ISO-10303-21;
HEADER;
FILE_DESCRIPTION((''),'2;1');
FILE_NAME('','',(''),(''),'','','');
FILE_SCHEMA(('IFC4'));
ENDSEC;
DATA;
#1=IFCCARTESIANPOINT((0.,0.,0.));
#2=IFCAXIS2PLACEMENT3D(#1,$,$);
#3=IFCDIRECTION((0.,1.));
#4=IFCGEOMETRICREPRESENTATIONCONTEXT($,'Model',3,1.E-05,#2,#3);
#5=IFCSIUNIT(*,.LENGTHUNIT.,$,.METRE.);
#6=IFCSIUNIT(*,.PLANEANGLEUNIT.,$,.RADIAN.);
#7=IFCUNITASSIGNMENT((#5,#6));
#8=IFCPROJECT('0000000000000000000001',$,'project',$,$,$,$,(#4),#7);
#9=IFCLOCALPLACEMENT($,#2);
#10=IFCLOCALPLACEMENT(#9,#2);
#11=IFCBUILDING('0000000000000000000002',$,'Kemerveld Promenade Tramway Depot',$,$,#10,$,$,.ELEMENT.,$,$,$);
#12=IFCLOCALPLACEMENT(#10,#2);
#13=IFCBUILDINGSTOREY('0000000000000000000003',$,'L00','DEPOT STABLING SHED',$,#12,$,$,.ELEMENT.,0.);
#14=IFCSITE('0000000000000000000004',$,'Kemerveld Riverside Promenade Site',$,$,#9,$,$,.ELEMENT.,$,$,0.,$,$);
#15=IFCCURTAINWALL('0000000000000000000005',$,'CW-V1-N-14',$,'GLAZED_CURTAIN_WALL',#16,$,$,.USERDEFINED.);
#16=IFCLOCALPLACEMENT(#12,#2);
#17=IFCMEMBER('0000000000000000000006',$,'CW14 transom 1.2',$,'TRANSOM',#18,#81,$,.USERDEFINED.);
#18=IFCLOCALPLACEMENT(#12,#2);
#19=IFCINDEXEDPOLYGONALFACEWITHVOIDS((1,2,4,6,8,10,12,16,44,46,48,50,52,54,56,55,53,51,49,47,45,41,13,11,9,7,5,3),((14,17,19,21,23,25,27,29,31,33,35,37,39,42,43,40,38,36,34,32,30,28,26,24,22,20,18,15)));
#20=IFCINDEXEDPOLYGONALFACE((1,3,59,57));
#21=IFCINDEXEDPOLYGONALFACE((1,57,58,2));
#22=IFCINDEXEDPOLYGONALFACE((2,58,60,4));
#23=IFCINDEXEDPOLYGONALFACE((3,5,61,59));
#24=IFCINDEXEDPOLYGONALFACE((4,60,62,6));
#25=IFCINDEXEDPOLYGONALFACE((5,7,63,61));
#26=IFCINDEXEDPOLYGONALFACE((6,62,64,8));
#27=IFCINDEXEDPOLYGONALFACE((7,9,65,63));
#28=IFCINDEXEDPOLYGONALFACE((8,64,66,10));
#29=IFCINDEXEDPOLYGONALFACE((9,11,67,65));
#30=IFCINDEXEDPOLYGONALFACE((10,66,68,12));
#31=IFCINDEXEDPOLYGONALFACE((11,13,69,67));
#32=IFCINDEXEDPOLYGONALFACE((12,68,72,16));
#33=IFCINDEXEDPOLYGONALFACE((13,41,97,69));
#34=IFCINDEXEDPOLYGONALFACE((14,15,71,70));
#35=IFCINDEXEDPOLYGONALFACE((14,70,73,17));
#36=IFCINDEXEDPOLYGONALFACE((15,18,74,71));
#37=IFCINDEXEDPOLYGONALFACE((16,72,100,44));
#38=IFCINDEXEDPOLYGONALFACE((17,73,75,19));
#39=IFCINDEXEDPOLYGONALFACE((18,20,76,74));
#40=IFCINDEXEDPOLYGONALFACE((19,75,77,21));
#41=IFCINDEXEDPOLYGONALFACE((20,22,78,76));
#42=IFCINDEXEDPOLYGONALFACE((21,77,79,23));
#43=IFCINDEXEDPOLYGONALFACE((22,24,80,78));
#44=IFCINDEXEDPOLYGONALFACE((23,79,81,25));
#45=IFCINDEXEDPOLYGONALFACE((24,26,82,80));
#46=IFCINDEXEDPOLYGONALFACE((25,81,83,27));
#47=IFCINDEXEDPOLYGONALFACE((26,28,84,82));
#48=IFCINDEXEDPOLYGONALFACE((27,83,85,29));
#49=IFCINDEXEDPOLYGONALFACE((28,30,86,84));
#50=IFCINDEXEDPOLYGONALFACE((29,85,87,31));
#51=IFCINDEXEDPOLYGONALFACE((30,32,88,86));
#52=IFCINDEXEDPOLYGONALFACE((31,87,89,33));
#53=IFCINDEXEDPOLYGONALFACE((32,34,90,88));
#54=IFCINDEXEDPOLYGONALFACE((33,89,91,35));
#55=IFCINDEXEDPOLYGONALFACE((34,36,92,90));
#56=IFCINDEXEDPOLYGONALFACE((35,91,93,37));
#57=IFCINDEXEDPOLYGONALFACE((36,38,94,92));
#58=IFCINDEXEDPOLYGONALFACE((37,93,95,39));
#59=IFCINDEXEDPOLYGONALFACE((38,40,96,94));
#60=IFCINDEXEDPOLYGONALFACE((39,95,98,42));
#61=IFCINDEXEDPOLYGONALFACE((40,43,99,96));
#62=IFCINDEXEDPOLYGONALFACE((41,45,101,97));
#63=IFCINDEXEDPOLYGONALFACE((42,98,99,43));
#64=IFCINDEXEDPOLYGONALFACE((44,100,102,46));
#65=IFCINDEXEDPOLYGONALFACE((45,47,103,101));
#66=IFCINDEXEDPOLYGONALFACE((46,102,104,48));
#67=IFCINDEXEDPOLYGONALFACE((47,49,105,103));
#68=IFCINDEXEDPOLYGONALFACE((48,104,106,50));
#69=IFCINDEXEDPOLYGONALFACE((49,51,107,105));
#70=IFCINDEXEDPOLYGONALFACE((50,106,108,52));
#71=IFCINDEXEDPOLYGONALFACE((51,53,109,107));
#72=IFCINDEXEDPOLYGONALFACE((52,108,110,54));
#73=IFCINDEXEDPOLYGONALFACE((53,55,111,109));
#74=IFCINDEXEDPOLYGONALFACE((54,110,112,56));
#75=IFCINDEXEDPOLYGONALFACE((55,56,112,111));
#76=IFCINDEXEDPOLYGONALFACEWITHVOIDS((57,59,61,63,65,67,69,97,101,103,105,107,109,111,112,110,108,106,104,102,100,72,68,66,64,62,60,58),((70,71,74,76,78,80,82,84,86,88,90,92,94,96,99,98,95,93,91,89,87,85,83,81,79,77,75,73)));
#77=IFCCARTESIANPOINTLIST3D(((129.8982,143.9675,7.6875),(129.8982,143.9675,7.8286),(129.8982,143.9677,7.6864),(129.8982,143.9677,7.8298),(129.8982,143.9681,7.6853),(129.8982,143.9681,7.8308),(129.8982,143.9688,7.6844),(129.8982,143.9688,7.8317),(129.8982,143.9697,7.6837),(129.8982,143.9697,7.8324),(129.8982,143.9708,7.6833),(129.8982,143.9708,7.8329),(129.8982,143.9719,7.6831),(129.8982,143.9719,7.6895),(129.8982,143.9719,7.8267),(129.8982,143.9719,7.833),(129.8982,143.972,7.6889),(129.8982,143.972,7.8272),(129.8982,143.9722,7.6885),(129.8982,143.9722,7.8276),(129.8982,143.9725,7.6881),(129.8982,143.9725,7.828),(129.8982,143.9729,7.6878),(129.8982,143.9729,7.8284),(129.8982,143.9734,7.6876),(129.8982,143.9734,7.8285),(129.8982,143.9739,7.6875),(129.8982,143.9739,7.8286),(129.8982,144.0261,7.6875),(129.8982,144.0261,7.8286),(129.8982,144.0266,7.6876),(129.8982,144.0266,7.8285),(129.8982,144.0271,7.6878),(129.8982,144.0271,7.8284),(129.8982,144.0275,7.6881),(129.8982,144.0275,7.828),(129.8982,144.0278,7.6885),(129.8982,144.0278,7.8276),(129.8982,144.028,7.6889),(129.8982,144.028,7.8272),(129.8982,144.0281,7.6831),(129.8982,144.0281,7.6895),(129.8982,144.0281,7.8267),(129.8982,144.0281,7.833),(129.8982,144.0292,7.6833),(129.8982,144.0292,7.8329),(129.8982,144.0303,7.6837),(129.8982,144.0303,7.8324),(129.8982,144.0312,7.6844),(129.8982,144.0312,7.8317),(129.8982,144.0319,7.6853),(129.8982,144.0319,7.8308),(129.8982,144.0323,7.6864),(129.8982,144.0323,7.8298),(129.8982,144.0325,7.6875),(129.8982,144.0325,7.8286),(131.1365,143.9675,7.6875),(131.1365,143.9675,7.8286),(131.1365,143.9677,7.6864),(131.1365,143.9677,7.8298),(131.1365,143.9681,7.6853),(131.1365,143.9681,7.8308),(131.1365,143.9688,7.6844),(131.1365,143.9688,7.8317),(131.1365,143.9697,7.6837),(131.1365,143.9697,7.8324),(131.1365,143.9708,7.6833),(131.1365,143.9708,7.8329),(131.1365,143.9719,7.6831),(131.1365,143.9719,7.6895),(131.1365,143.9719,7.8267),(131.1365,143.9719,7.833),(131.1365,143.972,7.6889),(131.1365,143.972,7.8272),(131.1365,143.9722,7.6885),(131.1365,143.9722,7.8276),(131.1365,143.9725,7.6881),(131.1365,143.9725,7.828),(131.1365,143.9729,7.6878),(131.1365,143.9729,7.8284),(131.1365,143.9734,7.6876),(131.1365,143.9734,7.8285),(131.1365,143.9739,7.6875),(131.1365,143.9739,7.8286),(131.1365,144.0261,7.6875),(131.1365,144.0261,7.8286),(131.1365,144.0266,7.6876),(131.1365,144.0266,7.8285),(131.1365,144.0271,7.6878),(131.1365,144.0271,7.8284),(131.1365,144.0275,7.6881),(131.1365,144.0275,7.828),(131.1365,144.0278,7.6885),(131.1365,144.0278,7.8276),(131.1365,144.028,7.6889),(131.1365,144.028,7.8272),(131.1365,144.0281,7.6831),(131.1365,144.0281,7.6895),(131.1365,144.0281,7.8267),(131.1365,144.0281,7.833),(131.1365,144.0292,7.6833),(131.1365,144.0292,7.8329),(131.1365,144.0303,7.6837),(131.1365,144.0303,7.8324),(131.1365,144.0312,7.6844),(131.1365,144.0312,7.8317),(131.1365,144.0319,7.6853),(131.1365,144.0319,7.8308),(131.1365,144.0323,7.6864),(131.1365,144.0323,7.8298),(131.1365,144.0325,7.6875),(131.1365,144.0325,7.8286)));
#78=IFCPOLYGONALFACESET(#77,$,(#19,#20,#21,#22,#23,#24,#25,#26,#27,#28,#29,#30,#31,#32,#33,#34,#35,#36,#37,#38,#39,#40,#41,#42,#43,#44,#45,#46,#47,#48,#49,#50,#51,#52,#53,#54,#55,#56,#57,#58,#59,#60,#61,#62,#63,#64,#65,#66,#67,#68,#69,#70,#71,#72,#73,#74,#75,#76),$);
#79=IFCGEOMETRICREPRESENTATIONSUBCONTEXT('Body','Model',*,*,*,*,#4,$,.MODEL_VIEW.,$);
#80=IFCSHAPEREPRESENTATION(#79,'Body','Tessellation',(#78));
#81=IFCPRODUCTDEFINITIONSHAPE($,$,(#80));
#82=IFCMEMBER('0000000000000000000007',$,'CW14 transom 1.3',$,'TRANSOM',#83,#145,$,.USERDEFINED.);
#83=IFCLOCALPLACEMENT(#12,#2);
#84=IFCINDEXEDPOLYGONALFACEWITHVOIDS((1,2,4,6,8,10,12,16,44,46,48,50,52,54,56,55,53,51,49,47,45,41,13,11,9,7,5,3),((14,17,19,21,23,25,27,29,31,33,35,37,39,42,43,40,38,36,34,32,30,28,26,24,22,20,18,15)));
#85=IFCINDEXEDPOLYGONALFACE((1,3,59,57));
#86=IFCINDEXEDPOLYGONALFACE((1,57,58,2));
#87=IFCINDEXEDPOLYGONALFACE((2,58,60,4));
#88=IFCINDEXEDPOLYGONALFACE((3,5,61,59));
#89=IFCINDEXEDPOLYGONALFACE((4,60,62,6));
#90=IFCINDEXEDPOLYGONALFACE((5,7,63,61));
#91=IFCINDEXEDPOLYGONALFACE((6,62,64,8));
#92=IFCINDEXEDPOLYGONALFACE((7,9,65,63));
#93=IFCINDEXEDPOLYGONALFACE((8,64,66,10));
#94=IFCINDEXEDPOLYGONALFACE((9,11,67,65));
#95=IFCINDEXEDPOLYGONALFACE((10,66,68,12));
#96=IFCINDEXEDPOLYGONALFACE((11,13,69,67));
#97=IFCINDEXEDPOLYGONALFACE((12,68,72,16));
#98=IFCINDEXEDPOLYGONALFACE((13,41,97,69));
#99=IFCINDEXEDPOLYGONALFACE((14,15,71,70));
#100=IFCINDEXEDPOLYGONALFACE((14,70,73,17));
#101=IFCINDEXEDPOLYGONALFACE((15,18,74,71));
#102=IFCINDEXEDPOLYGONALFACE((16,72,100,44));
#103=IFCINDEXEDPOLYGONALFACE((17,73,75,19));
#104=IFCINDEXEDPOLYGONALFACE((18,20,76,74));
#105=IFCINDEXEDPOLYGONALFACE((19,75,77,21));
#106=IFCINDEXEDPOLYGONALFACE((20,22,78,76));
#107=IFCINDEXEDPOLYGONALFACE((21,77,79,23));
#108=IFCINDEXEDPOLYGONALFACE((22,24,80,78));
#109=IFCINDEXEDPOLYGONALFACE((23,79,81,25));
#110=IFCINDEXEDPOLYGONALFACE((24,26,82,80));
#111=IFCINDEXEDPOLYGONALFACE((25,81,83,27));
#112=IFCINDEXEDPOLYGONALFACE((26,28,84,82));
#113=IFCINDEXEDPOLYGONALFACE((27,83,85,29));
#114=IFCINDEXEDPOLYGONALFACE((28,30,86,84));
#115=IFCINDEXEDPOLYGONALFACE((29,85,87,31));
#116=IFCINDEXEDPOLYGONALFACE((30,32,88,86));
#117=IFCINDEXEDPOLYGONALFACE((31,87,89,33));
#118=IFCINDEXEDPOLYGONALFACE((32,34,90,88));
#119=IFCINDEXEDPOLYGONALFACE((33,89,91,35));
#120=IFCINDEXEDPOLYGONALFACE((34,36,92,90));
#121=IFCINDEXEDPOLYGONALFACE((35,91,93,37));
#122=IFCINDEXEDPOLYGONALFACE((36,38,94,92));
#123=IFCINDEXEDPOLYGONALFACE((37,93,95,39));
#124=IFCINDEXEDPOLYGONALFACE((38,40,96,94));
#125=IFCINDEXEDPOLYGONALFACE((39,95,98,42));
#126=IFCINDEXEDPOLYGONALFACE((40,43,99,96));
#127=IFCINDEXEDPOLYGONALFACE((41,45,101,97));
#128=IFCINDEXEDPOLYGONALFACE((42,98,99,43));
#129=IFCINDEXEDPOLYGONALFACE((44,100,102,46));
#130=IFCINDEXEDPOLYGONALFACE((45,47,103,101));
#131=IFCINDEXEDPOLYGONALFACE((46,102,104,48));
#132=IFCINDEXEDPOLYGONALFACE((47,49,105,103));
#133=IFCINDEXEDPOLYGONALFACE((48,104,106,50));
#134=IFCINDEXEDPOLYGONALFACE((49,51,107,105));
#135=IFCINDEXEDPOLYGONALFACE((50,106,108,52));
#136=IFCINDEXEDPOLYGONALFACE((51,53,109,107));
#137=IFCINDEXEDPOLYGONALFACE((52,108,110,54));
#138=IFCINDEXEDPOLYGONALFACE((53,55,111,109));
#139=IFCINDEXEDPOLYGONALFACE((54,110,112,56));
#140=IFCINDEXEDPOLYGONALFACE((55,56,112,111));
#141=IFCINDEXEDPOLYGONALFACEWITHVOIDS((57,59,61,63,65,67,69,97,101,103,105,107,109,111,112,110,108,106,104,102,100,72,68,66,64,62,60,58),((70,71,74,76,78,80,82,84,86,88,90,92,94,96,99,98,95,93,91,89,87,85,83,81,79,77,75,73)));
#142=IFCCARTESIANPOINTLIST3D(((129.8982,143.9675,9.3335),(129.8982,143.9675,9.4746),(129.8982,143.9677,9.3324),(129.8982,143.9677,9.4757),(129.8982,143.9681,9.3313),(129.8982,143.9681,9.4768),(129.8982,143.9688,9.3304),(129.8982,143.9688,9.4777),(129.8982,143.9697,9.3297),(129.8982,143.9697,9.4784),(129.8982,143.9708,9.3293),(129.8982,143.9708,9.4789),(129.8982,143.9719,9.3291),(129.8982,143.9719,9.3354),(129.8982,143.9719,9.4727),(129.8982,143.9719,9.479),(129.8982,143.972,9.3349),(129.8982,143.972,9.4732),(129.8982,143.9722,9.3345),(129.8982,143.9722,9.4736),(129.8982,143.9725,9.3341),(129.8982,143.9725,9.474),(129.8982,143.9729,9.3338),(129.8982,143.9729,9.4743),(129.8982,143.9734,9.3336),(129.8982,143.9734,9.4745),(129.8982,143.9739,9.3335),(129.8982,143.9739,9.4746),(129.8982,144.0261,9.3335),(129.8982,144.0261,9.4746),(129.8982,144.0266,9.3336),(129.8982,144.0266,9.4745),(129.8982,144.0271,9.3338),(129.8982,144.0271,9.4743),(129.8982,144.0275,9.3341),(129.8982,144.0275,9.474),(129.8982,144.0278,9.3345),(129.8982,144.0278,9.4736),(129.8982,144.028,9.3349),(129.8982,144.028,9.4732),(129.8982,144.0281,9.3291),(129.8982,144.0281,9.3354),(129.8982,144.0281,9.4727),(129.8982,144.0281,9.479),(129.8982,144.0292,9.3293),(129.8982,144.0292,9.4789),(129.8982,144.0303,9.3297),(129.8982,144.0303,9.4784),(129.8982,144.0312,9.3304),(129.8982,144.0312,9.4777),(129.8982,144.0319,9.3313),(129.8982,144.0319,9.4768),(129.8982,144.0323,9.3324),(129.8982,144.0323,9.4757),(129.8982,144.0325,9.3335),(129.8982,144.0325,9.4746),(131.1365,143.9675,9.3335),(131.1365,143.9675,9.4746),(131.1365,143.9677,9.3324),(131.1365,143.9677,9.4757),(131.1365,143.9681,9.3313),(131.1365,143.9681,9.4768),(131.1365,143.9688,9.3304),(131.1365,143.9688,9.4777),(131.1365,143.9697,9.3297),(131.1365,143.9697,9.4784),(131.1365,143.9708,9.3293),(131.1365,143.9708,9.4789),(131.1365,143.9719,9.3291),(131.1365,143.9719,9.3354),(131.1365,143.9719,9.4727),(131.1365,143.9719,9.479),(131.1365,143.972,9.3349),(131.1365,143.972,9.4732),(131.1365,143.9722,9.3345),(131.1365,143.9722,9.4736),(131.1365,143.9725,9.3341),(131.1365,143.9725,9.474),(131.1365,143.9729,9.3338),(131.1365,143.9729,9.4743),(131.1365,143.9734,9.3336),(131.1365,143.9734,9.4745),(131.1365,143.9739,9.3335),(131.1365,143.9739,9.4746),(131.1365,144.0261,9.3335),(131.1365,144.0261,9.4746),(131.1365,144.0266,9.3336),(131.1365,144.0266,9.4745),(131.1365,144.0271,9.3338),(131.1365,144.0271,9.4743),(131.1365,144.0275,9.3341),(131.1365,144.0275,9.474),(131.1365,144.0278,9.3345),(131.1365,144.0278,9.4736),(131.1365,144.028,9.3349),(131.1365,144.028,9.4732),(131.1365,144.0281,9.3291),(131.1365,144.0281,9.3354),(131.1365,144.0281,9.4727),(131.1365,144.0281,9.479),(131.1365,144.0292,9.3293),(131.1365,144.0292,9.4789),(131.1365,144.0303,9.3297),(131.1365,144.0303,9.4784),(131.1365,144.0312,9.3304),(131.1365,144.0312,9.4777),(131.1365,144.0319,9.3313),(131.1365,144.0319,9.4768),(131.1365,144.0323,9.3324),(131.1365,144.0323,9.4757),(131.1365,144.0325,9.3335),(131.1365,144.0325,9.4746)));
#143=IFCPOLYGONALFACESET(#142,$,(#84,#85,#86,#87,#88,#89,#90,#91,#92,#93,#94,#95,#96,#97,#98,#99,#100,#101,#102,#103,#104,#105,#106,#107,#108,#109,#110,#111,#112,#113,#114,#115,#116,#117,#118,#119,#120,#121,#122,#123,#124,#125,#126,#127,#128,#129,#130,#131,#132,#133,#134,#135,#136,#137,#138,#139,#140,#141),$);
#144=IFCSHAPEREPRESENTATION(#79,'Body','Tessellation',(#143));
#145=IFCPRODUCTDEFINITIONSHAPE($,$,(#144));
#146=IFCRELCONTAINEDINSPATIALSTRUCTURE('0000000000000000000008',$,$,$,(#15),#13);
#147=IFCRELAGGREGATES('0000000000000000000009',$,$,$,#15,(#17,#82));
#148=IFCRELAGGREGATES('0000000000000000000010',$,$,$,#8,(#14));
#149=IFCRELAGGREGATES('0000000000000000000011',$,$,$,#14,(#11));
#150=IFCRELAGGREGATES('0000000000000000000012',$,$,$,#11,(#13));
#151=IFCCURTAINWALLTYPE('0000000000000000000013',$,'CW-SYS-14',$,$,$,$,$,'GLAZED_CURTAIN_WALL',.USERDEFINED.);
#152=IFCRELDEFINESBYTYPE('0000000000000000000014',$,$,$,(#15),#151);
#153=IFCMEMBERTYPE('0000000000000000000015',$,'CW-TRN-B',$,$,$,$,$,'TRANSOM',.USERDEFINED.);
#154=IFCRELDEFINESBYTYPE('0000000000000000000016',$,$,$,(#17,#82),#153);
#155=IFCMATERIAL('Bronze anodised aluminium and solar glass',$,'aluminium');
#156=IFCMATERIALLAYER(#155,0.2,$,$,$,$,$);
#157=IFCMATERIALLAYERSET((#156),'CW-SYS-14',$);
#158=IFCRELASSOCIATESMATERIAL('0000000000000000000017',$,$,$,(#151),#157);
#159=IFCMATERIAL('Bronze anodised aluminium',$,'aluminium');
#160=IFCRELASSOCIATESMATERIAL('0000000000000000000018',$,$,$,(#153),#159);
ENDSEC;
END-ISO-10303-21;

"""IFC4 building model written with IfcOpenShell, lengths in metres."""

from ifc_helpers import new_model, si_unit, direction, frame, origin, origin_2d, place, context, subcontext, project, spatial, hollow_rectangle, extrude, material, layer, layer_set, material_profile, profile_set, type_object, element, aggregate, save


model = new_model("IFC4")

# Units and contexts
model_context = context("Model", 3, precision=1e-05, world=origin(), true_north=direction((0.0, 1.0)))
body_context = subcontext(model_context, "Body", "Model", "MODEL_VIEW")
ifc_project = project(units=[si_unit("LENGTHUNIT", "METRE"), si_unit("PLANEANGLEUNIT", "RADIAN")], contexts=[model_context])

# Site, building, storey
site_placement = place(None, origin())
site = spatial("IfcSite", under=ifc_project, at=site_placement, Name="Kemerveld Riverside Promenade Site", CompositionType="ELEMENT", RefElevation=0.0)
building_placement = place(site_placement, origin())
building = spatial("IfcBuilding", under=site, at=building_placement, Name="Kemerveld Promenade Tramway Depot", CompositionType="ELEMENT")
storey_placement = place(building_placement, origin())
storey = spatial("IfcBuildingStorey", under=building, at=storey_placement, Name="L00", Description="DEPOT STABLING SHED", CompositionType="ELEMENT", Elevation=0.0)

# Curtain wall, members
ifc_material_1 = material(Name="Bronze anodised aluminium and solar glass", Category="aluminium")
ifc_layer_1 = layer(ifc_material_1, 0.2)
ifc_layer_set_1 = layer_set([ifc_layer_1], Name="CW-SYS-14")
curtain_wall_type = type_object("IfcCurtainWallType", Name="CW-SYS-14", ElementType="GLAZED_CURTAIN_WALL", PredefinedType="USERDEFINED", material=ifc_layer_set_1)
curtain_wall_placement = place(storey_placement, origin())
curtain_wall = element("IfcCurtainWall", 1, at=curtain_wall_placement, inside=storey, type_object=curtain_wall_type, Name="CW-V1-N-14", ObjectType="GLAZED_CURTAIN_WALL", PredefinedType="USERDEFINED")
ifc_material_2 = material(Name="Bronze anodised aluminium", Category="aluminium")
ifc_material_profile_1 = material_profile(ifc_material_2, hollow_rectangle(XDim=0.0649, YDim=0.1499, WallThickness=0.0044, InnerFilletRadius=0.002, OuterFilletRadius=0.0044, at=origin_2d()), Name="CW-TRN-150x65")
ifc_profile_set_1 = profile_set([ifc_material_profile_1], Name="Bronze anodised aluminium")
member_type_1 = type_object("IfcMemberType", Name="CW-TRN-B", ElementType="TRANSOM", PredefinedType="USERDEFINED", material=ifc_profile_set_1)
member_1_placement = place(storey_placement, frame((129.8982, 144.0, 7.7581), z_axis=(1.0, 0.0, 0.0), x_axis=(0.0, 1.0, 0.0)))
member_1 = element("IfcMember", 2, at=member_1_placement, type_object=member_type_1, Name="CW14 transom 1.2", ObjectType="TRANSOM", PredefinedType="USERDEFINED", context=body_context, shape_type="SweptSolid", body=[
    extrude(hollow_rectangle(XDim=0.0649, YDim=0.1499, WallThickness=0.0044, InnerFilletRadius=0.002, OuterFilletRadius=0.0044, at=origin_2d()), origin(), (0.0, 0.0, 1.0), 1.2383),
])
member_2_placement = place(storey_placement, frame((129.8982, 144.0, 9.4041), z_axis=(1.0, 0.0, 0.0), x_axis=(0.0, 1.0, 0.0)))
member_2 = element("IfcMember", 3, at=member_2_placement, type_object=member_type_1, Name="CW14 transom 1.3", ObjectType="TRANSOM", PredefinedType="USERDEFINED", context=body_context, shape_type="SweptSolid", body=[
    extrude(hollow_rectangle(XDim=0.0649, YDim=0.1499, WallThickness=0.0044, InnerFilletRadius=0.002, OuterFilletRadius=0.0044, at=origin_2d()), origin(), (0.0, 0.0, 1.0), 1.2383),
])

aggregate(curtain_wall, [member_1, member_2])

save(model, "model.ifc")
